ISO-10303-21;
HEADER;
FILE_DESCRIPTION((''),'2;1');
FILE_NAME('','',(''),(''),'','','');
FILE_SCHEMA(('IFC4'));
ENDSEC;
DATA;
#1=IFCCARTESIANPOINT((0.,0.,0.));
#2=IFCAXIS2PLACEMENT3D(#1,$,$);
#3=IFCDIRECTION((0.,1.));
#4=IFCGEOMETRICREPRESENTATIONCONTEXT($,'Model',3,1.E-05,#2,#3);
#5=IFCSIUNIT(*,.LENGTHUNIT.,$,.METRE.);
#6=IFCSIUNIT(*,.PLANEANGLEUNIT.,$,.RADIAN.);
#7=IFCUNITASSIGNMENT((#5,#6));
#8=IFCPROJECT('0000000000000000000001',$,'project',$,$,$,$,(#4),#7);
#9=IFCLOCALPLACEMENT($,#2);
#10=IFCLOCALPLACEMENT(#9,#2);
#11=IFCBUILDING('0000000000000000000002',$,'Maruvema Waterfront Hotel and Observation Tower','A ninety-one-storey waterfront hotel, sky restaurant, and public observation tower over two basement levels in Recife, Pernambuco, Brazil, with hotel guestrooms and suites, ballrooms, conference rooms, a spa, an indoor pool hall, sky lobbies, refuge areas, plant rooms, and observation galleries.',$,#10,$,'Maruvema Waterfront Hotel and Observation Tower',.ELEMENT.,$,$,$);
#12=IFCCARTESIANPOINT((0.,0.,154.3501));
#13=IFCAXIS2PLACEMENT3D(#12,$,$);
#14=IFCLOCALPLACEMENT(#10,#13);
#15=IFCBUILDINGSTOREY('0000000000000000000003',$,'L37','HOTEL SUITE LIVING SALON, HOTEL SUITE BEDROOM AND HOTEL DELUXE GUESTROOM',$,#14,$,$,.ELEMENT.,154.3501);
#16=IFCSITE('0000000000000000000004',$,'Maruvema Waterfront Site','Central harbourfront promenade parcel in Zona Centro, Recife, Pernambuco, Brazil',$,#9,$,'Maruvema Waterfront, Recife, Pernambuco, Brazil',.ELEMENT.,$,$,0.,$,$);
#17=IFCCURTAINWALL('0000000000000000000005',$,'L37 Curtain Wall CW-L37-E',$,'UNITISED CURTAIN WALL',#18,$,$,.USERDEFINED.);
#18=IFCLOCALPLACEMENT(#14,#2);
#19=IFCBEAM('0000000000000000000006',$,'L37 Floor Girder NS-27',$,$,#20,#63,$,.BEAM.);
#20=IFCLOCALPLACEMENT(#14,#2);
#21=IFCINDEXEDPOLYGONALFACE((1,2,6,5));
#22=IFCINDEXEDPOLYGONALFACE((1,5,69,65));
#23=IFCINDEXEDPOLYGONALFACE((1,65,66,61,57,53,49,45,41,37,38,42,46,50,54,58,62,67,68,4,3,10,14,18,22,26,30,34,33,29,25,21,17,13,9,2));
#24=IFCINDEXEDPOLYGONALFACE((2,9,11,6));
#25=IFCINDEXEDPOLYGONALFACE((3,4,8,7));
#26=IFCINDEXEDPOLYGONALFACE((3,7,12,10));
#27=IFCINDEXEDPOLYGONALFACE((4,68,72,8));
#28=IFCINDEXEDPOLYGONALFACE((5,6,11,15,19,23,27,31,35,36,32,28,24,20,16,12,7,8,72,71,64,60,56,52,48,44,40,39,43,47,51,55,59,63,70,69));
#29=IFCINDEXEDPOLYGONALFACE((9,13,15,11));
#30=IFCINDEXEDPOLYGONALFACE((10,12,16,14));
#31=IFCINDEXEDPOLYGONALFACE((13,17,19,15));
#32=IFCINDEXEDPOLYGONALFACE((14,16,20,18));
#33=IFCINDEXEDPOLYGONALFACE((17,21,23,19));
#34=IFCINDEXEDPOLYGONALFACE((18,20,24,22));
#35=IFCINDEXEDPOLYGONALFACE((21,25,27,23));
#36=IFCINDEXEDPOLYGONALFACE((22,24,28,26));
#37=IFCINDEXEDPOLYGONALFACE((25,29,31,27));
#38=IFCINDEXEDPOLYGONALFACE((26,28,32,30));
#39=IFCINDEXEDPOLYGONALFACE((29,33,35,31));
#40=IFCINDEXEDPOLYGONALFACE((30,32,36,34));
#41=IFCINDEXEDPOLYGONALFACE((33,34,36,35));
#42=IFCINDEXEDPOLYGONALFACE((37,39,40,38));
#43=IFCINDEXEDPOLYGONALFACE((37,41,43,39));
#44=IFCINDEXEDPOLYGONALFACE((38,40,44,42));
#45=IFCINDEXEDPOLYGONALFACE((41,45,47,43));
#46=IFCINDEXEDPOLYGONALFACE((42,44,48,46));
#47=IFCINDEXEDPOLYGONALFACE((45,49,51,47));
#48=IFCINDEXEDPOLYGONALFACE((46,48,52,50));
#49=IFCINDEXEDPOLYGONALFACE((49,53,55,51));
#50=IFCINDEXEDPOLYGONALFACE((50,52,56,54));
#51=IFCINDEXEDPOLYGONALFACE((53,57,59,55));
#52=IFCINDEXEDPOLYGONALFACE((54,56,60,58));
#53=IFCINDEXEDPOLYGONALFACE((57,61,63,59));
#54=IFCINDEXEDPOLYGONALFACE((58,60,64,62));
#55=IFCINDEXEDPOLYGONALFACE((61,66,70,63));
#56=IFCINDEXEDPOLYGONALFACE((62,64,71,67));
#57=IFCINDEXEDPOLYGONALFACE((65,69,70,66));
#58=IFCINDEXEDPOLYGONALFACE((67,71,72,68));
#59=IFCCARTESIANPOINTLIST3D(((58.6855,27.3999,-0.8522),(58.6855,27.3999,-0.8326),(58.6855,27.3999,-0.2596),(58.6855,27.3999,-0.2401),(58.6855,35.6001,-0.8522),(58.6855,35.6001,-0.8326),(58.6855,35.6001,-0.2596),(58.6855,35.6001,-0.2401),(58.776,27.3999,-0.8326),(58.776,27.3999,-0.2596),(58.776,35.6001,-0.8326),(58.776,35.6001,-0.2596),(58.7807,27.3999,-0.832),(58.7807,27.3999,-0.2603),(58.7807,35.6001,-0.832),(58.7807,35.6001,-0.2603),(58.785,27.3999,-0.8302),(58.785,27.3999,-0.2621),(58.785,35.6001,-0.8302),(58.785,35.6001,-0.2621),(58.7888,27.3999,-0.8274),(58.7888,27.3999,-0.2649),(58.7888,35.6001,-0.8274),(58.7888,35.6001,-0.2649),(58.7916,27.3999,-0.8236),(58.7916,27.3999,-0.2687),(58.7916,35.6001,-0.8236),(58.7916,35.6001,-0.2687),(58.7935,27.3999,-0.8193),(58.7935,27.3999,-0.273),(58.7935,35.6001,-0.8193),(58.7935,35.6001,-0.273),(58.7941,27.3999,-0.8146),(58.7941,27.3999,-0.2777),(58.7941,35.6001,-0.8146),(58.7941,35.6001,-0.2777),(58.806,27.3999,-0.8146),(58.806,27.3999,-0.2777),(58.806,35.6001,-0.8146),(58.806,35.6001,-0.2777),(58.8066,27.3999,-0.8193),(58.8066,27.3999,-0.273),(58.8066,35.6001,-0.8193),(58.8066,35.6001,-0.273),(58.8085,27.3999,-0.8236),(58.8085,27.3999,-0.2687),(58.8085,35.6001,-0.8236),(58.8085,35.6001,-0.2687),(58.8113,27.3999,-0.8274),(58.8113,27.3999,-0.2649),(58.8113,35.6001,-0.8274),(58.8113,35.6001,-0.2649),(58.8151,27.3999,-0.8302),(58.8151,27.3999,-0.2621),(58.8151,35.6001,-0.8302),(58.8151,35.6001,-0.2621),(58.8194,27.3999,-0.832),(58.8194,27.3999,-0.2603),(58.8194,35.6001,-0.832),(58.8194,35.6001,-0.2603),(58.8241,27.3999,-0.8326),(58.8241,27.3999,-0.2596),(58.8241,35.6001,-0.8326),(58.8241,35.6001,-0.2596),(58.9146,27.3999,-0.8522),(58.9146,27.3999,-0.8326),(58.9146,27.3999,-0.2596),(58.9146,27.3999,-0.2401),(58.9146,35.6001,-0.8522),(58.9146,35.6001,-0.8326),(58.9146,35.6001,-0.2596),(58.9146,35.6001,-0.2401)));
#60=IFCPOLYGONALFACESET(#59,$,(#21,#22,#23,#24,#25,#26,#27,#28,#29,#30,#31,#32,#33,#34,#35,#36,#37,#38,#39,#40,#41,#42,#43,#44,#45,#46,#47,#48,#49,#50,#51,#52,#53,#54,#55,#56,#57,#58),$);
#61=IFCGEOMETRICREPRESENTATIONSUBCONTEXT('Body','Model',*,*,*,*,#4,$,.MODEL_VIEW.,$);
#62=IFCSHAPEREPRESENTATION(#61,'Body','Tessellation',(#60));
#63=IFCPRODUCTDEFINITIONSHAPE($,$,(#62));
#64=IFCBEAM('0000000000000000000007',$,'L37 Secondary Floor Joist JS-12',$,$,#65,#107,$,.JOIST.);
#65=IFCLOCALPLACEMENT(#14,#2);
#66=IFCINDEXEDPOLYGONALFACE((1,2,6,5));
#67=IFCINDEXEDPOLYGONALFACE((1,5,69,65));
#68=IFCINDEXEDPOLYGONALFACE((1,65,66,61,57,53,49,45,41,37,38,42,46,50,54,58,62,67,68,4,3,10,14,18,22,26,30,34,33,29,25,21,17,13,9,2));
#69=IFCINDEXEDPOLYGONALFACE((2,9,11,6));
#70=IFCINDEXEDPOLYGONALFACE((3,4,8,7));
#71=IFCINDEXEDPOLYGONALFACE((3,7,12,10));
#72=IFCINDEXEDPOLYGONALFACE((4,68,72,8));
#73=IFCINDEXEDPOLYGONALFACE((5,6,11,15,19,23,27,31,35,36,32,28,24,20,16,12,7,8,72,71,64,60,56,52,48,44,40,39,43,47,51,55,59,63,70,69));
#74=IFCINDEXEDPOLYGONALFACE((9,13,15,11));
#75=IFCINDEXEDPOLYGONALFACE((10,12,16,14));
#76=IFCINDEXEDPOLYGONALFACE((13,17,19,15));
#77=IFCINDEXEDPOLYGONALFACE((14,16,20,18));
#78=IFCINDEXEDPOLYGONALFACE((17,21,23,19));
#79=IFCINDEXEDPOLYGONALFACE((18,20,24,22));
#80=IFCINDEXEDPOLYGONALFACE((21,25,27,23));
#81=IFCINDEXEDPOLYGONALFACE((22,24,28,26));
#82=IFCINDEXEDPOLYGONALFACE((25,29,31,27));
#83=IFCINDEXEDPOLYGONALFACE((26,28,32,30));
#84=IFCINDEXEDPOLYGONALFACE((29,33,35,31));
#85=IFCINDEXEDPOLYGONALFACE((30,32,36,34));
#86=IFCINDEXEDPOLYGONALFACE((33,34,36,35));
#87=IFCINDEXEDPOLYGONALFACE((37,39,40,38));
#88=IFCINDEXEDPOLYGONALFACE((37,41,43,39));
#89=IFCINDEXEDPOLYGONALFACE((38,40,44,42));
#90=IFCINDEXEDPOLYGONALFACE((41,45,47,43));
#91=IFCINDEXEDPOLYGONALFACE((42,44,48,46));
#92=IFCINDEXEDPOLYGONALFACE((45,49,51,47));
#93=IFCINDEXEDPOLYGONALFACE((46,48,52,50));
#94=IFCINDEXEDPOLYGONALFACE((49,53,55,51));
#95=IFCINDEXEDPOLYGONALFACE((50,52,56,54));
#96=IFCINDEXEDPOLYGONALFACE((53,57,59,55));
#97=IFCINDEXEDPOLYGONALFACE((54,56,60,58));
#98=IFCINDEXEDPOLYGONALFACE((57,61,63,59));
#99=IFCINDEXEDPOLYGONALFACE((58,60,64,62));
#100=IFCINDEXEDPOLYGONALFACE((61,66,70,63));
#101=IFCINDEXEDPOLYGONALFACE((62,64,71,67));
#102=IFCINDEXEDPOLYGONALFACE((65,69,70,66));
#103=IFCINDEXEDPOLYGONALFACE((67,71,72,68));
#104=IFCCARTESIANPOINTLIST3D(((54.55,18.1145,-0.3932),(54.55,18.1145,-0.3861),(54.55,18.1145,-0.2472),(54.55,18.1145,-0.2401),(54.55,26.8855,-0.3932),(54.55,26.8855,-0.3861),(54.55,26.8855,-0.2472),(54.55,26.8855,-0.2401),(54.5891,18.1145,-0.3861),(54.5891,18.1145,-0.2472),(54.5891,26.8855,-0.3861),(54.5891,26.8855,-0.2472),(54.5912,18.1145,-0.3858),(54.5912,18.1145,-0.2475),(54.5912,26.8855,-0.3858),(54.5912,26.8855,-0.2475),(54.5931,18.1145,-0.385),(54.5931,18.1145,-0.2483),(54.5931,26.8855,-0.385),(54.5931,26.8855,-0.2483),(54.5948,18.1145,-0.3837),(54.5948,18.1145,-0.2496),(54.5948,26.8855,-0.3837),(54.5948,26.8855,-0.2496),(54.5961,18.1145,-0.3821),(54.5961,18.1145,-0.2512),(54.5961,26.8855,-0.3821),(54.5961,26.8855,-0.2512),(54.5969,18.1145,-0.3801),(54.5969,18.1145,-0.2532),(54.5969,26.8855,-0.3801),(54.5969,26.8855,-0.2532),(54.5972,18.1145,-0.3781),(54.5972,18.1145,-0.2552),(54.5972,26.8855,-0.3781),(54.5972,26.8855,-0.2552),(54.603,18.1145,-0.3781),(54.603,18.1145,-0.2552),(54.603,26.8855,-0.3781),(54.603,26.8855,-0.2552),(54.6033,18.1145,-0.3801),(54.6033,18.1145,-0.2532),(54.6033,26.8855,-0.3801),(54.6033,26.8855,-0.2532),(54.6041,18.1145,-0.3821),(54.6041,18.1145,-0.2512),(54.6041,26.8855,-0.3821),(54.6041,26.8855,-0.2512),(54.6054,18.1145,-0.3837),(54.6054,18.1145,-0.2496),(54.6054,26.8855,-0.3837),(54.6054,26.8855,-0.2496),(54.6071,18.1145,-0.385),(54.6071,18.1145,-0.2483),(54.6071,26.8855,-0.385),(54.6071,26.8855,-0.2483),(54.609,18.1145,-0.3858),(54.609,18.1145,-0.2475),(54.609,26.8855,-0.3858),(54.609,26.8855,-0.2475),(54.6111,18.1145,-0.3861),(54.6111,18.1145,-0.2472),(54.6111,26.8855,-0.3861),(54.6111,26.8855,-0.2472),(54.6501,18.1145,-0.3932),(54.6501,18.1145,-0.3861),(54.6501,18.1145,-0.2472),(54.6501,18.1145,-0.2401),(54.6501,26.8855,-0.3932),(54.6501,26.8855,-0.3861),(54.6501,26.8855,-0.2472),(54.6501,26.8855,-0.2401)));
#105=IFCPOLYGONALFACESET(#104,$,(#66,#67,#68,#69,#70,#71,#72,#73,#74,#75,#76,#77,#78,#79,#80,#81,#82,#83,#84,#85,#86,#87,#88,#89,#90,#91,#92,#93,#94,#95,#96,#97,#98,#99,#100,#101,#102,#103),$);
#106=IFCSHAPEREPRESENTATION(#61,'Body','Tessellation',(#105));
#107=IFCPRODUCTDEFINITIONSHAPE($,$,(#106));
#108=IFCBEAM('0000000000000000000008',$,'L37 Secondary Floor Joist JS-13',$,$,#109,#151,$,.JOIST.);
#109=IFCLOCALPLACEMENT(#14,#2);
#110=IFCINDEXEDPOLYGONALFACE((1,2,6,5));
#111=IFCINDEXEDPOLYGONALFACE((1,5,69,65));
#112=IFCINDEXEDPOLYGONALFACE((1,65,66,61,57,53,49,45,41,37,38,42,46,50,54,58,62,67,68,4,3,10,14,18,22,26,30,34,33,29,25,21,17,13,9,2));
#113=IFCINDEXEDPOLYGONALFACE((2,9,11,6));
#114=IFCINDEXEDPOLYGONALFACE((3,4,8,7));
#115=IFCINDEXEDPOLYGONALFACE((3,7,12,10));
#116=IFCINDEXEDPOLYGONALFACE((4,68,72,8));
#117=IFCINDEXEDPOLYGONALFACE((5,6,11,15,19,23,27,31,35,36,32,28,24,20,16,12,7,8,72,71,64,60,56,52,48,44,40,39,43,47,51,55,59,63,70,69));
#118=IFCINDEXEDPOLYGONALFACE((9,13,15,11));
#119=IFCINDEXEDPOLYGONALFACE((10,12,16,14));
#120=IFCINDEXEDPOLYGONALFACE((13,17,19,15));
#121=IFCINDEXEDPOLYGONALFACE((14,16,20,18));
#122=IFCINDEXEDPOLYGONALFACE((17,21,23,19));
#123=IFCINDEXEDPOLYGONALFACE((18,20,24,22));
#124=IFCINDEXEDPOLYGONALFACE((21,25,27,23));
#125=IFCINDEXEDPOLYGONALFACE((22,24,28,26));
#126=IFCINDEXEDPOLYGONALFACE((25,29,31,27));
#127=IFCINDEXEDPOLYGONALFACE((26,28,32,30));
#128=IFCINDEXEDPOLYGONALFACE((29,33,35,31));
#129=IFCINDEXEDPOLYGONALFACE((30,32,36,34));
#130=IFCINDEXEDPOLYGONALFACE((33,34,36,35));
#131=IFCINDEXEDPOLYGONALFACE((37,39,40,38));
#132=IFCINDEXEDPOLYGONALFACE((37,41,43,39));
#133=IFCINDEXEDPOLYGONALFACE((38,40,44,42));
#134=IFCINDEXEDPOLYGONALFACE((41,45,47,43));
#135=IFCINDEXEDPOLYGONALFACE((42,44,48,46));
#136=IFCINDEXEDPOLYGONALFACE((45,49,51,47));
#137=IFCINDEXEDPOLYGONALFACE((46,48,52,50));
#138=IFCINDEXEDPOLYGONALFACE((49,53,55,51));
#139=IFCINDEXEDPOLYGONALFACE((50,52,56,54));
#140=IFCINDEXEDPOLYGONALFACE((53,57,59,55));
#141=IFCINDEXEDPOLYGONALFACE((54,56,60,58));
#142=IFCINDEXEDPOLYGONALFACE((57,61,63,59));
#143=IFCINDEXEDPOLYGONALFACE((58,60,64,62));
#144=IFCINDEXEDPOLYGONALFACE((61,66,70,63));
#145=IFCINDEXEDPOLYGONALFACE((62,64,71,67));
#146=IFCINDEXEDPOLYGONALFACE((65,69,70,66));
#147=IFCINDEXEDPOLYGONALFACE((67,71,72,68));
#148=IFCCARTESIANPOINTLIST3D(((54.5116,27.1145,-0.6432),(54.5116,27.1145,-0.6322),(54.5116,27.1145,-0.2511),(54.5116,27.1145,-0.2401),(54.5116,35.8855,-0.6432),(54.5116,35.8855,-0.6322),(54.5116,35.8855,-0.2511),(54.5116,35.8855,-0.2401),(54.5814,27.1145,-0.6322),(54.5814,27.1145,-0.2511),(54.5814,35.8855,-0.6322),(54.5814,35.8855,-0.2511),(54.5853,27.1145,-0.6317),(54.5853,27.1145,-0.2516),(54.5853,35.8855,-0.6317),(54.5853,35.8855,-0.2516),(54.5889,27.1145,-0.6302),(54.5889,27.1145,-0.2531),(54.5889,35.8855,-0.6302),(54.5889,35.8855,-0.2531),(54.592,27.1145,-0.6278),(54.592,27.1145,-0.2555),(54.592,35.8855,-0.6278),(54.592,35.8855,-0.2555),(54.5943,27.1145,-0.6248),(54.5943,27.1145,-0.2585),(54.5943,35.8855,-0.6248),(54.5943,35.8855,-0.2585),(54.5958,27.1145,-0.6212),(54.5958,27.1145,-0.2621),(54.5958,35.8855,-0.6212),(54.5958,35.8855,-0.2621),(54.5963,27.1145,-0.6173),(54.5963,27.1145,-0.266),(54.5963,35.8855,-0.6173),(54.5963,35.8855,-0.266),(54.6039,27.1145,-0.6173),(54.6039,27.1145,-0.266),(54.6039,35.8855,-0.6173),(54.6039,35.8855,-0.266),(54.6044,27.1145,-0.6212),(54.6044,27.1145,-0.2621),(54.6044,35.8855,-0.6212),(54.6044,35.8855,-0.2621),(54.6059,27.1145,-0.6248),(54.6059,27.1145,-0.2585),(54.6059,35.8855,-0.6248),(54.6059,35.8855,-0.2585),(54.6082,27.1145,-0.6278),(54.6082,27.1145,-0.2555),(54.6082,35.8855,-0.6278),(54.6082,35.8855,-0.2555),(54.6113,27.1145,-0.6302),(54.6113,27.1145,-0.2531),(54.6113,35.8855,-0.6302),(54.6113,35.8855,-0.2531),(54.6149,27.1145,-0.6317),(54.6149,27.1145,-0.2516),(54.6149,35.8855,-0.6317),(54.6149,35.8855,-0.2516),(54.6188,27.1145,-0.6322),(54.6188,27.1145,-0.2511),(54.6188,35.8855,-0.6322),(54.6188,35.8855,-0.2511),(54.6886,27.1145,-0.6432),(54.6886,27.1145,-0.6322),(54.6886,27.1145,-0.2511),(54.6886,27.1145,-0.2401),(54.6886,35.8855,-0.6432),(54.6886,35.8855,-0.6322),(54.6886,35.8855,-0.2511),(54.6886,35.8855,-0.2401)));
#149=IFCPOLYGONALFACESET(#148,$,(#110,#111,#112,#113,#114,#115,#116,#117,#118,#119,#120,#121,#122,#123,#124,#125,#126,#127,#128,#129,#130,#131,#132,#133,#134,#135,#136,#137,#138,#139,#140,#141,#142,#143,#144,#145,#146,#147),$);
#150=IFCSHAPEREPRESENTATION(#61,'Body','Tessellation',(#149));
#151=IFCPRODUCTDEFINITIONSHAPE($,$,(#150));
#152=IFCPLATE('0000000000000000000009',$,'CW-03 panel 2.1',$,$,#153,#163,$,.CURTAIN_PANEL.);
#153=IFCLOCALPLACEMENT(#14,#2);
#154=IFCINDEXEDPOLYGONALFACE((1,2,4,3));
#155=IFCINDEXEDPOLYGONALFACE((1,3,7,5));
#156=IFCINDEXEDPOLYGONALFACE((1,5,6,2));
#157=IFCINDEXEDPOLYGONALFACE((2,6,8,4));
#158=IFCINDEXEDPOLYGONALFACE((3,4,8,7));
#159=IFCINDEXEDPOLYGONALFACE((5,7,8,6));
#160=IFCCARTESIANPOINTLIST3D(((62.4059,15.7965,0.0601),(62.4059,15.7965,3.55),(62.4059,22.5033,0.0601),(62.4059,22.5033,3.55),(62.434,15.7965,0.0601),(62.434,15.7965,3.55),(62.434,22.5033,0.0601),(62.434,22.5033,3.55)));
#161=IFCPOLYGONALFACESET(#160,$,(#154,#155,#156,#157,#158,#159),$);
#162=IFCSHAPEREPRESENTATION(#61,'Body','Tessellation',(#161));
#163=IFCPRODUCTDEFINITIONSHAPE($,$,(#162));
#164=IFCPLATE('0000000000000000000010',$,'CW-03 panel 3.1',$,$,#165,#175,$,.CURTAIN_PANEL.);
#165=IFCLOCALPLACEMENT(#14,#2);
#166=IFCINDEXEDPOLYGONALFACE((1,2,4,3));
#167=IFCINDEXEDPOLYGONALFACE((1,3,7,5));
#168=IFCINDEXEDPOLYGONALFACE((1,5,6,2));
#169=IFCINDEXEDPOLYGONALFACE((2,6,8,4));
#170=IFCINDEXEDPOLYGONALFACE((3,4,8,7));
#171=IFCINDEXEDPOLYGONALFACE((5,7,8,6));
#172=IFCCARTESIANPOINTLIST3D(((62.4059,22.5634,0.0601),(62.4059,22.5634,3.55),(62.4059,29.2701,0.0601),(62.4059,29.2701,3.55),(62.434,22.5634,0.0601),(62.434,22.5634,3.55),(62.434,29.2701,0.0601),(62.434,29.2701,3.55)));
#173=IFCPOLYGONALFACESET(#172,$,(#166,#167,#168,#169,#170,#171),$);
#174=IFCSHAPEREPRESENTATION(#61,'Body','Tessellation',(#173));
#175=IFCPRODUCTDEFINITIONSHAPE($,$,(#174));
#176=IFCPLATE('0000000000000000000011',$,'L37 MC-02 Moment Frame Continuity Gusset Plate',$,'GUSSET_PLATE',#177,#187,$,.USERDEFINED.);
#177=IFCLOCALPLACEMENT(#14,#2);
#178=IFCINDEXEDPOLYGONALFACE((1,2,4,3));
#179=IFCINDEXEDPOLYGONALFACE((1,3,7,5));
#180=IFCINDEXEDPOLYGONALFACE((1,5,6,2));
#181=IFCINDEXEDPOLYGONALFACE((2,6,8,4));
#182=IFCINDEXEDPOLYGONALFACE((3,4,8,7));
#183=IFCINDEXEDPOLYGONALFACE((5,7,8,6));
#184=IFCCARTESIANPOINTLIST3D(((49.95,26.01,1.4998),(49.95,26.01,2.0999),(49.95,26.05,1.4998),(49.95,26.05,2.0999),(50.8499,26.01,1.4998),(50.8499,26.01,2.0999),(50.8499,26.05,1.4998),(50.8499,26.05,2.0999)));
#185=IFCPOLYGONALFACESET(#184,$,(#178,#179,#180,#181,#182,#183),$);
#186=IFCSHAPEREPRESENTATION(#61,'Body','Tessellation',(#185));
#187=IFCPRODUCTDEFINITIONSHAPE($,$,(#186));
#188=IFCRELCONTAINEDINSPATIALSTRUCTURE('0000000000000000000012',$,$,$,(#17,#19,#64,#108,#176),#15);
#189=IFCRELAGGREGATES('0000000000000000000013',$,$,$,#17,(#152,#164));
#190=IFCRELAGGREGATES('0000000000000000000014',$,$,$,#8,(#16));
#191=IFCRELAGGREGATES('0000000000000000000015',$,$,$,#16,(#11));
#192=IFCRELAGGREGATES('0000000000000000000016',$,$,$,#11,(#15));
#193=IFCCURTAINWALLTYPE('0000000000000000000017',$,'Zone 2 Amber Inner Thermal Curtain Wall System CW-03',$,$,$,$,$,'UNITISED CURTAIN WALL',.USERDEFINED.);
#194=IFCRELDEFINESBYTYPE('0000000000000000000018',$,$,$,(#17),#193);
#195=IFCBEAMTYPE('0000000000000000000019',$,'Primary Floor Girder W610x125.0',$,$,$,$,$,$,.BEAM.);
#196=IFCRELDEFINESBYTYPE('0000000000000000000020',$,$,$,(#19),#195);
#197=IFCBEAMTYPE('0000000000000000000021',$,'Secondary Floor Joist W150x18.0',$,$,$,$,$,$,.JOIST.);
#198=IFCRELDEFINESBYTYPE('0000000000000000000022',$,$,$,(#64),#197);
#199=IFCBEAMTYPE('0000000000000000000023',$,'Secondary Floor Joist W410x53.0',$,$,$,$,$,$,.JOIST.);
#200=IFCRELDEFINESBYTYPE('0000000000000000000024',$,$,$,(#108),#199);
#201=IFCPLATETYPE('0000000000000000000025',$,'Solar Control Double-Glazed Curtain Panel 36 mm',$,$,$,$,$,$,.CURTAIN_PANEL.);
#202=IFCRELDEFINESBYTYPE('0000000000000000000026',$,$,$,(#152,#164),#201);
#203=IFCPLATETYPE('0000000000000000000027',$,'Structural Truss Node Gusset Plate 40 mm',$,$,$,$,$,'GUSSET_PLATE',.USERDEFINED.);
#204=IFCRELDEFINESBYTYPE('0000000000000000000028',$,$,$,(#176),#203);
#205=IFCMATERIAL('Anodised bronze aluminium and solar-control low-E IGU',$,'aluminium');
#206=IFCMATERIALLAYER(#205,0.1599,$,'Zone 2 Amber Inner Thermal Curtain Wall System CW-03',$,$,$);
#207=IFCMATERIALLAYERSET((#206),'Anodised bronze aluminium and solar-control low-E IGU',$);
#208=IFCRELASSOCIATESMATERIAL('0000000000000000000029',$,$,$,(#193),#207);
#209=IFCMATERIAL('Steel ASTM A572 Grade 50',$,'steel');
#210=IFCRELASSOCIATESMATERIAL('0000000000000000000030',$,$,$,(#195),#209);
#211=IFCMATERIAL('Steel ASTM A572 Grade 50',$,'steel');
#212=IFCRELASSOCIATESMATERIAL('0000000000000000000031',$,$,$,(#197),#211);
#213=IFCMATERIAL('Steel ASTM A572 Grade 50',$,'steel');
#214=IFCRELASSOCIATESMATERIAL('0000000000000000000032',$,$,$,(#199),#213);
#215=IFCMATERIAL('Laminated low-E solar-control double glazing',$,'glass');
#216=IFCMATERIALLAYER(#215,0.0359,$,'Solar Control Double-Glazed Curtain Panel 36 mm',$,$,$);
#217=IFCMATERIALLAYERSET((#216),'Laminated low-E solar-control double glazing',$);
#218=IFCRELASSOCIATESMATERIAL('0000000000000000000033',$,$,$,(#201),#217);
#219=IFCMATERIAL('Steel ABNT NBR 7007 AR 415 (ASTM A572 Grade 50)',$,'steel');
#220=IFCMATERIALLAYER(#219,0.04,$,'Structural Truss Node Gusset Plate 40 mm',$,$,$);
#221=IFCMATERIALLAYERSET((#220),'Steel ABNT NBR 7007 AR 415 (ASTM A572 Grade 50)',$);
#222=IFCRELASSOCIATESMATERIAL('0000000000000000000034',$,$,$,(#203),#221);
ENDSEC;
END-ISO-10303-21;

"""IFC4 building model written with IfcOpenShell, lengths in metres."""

from ifc_helpers import new_model, si_unit, direction, frame, origin, origin_2d, place, context, subcontext, project, spatial, rectangle, i_section, extrude, material, layer, layer_set, material_profile, profile_set, type_object, element, aggregate, save


model = new_model("IFC4")

# Units and contexts
model_context = context("Model", 3, precision=1e-05, world=origin(), true_north=direction((0.0, 1.0)))
body_context = subcontext(model_context, "Body", "Model", "MODEL_VIEW")
ifc_project = project(units=[si_unit("LENGTHUNIT", "METRE"), si_unit("PLANEANGLEUNIT", "RADIAN")], contexts=[model_context])

# Site, building, storey
site_placement = place(None, origin())
site = spatial("IfcSite", under=ifc_project, at=site_placement, Name="Maruvema Waterfront Site", Description="Central harbourfront promenade parcel in Zona Centro, Recife, Pernambuco, Brazil", LongName="Maruvema Waterfront, Recife, Pernambuco, Brazil", CompositionType="ELEMENT", RefElevation=0.0)
building_placement = place(site_placement, origin())
building = spatial("IfcBuilding", under=site, at=building_placement, Name="Maruvema Waterfront Hotel and Observation Tower", Description="A ninety-one-storey waterfront hotel, sky restaurant, and public observation tower over two basement levels in Recife, Pernambuco, Brazil, with hotel guestrooms and suites, ballrooms, conference rooms, a spa, an indoor pool hall, sky lobbies, refuge areas, plant rooms, and observation galleries.", LongName="Maruvema Waterfront Hotel and Observation Tower", CompositionType="ELEMENT")
storey_placement = place(building_placement, frame((0.0, 0.0, 154.3501)))
storey = spatial("IfcBuildingStorey", under=building, at=storey_placement, Name="L37", Description="HOTEL SUITE LIVING SALON, HOTEL SUITE BEDROOM AND HOTEL DELUXE GUESTROOM", CompositionType="ELEMENT", Elevation=154.3501)

# Curtain wall
ifc_material_1 = material(Name="Anodised bronze aluminium and solar-control low-E IGU", Category="aluminium")
ifc_layer_1 = layer(ifc_material_1, 0.1599, Name="Zone 2 Amber Inner Thermal Curtain Wall System CW-03")
ifc_layer_set_1 = layer_set([ifc_layer_1], Name="Anodised bronze aluminium and solar-control low-E IGU")
curtain_wall_type = type_object("IfcCurtainWallType", Name="Zone 2 Amber Inner Thermal Curtain Wall System CW-03", ElementType="UNITISED CURTAIN WALL", PredefinedType="USERDEFINED", material=ifc_layer_set_1)
curtain_wall_placement = place(storey_placement, origin())
curtain_wall = element("IfcCurtainWall", 1, at=curtain_wall_placement, inside=storey, type_object=curtain_wall_type, Name="L37 Curtain Wall CW-L37-E", ObjectType="UNITISED CURTAIN WALL", PredefinedType="USERDEFINED")

# Beams
ifc_material_2 = material(Name="Steel ASTM A572 Grade 50", Category="steel")
ifc_material_profile_1 = material_profile(ifc_material_2, i_section(OverallWidth=0.229, OverallDepth=0.6121, WebThickness=0.012, FlangeThickness=0.0195, FilletRadius=0.0181, at=origin_2d()), Name="W610x125.0")
ifc_profile_set_1 = profile_set([ifc_material_profile_1], Name="Steel ASTM A572 Grade 50")
beam_type_1 = type_object("IfcBeamType", Name="Primary Floor Girder W610x125.0", PredefinedType="BEAM", material=ifc_profile_set_1)
for number, where, z_axis, x_axis, name in (
    (2, (58.8, 27.3999, -0.5461), (0.0, 1.0, 0.0), (-1.0, 0.0, 0.0), "L37 Floor Girder NS-27"),
):
    element("IfcBeam", number, at=place(storey_placement, frame(where, z_axis=z_axis, x_axis=x_axis)), inside=storey, type_object=beam_type_1, Name=name, PredefinedType="BEAM", context=body_context, shape_type="SweptSolid", body=[
        extrude(i_section(OverallWidth=0.229, OverallDepth=0.6121, WebThickness=0.012, FlangeThickness=0.0195, FilletRadius=0.0181, at=origin_2d()), origin(), (0.0, 0.0, 1.0), 8.2002),
    ])
ifc_material_3 = material(Name="Steel ASTM A572 Grade 50", Category="steel")
ifc_material_profile_2 = material_profile(ifc_material_3, i_section(OverallWidth=0.1001, OverallDepth=0.1531, WebThickness=0.0059, FlangeThickness=0.0071, FilletRadius=0.0081, at=origin_2d()), Name="W150x18.0")
ifc_profile_set_2 = profile_set([ifc_material_profile_2], Name="Steel ASTM A572 Grade 50")
beam_type_2 = type_object("IfcBeamType", Name="Secondary Floor Joist W150x18.0", PredefinedType="JOIST", material=ifc_profile_set_2)
beam_1_placement = place(storey_placement, frame((54.6001, 18.1145, -0.3167), z_axis=(0.0, 1.0, 0.0), x_axis=(-1.0, 0.0, 0.0)))
element("IfcBeam", 3, at=beam_1_placement, inside=storey, type_object=beam_type_2, Name="L37 Secondary Floor Joist JS-12", PredefinedType="JOIST", context=body_context, shape_type="SweptSolid", body=[
    extrude(i_section(OverallWidth=0.1001, OverallDepth=0.1531, WebThickness=0.0059, FlangeThickness=0.0071, FilletRadius=0.0081, at=origin_2d()), origin(), (0.0, 0.0, 1.0), 8.771),
])
ifc_material_4 = material(Name="Steel ASTM A572 Grade 50", Category="steel")
ifc_material_profile_3 = material_profile(ifc_material_4, i_section(OverallWidth=0.177, OverallDepth=0.4031, WebThickness=0.0076, FlangeThickness=0.011, FilletRadius=0.0149, at=origin_2d()), Name="W410x53.0")
ifc_profile_set_3 = profile_set([ifc_material_profile_3], Name="Steel ASTM A572 Grade 50")
beam_type_3 = type_object("IfcBeamType", Name="Secondary Floor Joist W410x53.0", PredefinedType="JOIST", material=ifc_profile_set_3)
beam_2_placement = place(storey_placement, frame((54.6001, 27.1145, -0.4417), z_axis=(0.0, 1.0, 0.0), x_axis=(-1.0, 0.0, 0.0)))
element("IfcBeam", 4, at=beam_2_placement, inside=storey, type_object=beam_type_3, Name="L37 Secondary Floor Joist JS-13", PredefinedType="JOIST", context=body_context, shape_type="SweptSolid", body=[
    extrude(i_section(OverallWidth=0.177, OverallDepth=0.4031, WebThickness=0.0076, FlangeThickness=0.011, FilletRadius=0.0149, at=origin_2d()), origin(), (0.0, 0.0, 1.0), 8.771),
])

# Plates
ifc_material_5 = material(Name="Laminated low-E solar-control double glazing", Category="glass")
ifc_layer_2 = layer(ifc_material_5, 0.0359, Name="Solar Control Double-Glazed Curtain Panel 36 mm")
ifc_layer_set_2 = layer_set([ifc_layer_2], Name="Laminated low-E solar-control double glazing")
plate_type_1 = type_object("IfcPlateType", Name="Solar Control Double-Glazed Curtain Panel 36 mm", PredefinedType="CURTAIN_PANEL", material=ifc_layer_set_2)
plate_1_placement = place(storey_placement, frame((62.4199, 19.1499, 0.0601), z_axis=(0.0, 0.0, 1.0), x_axis=(0.0, 1.0, 0.0)))
plate_1 = element("IfcPlate", 5, at=plate_1_placement, type_object=plate_type_1, Name="CW-03 panel 2.1", PredefinedType="CURTAIN_PANEL", context=body_context, shape_type="SweptSolid", body=[
    extrude(rectangle(XDim=6.7068, YDim=0.0281, at=origin_2d()), origin(), (0.0, 0.0, 1.0), 3.49),
])
plate_2_placement = place(storey_placement, frame((62.4199, 25.9167, 0.0601), z_axis=(0.0, 0.0, 1.0), x_axis=(0.0, 1.0, 0.0)))
plate_2 = element("IfcPlate", 6, at=plate_2_placement, type_object=plate_type_1, Name="CW-03 panel 3.1", PredefinedType="CURTAIN_PANEL", context=body_context, shape_type="SweptSolid", body=[
    extrude(rectangle(XDim=6.7068, YDim=0.0281, at=origin_2d()), origin(), (0.0, 0.0, 1.0), 3.49),
])
aggregate(curtain_wall, [plate_1, plate_2])
ifc_material_6 = material(Name="Steel ABNT NBR 7007 AR 415 (ASTM A572 Grade 50)", Category="steel")
ifc_layer_3 = layer(ifc_material_6, 0.04, Name="Structural Truss Node Gusset Plate 40 mm")
ifc_layer_set_3 = layer_set([ifc_layer_3], Name="Steel ABNT NBR 7007 AR 415 (ASTM A572 Grade 50)")
plate_type_2 = type_object("IfcPlateType", Name="Structural Truss Node Gusset Plate 40 mm", ElementType="GUSSET_PLATE", PredefinedType="USERDEFINED", material=ifc_layer_set_3)
plate_3_placement = place(storey_placement, frame((50.3999, 26.03, 1.4998), z_axis=(0.0, 0.0, 1.0), x_axis=(1.0, 0.0, 0.0)))
element("IfcPlate", 7, at=plate_3_placement, inside=storey, type_object=plate_type_2, Name="L37 MC-02 Moment Frame Continuity Gusset Plate", ObjectType="GUSSET_PLATE", PredefinedType="USERDEFINED", context=body_context, shape_type="SweptSolid", body=[
    extrude(rectangle(XDim=0.8999, YDim=0.04, at=origin_2d()), origin(), (0.0, 0.0, 1.0), 0.6001),
])

save(model, "model.ifc")
